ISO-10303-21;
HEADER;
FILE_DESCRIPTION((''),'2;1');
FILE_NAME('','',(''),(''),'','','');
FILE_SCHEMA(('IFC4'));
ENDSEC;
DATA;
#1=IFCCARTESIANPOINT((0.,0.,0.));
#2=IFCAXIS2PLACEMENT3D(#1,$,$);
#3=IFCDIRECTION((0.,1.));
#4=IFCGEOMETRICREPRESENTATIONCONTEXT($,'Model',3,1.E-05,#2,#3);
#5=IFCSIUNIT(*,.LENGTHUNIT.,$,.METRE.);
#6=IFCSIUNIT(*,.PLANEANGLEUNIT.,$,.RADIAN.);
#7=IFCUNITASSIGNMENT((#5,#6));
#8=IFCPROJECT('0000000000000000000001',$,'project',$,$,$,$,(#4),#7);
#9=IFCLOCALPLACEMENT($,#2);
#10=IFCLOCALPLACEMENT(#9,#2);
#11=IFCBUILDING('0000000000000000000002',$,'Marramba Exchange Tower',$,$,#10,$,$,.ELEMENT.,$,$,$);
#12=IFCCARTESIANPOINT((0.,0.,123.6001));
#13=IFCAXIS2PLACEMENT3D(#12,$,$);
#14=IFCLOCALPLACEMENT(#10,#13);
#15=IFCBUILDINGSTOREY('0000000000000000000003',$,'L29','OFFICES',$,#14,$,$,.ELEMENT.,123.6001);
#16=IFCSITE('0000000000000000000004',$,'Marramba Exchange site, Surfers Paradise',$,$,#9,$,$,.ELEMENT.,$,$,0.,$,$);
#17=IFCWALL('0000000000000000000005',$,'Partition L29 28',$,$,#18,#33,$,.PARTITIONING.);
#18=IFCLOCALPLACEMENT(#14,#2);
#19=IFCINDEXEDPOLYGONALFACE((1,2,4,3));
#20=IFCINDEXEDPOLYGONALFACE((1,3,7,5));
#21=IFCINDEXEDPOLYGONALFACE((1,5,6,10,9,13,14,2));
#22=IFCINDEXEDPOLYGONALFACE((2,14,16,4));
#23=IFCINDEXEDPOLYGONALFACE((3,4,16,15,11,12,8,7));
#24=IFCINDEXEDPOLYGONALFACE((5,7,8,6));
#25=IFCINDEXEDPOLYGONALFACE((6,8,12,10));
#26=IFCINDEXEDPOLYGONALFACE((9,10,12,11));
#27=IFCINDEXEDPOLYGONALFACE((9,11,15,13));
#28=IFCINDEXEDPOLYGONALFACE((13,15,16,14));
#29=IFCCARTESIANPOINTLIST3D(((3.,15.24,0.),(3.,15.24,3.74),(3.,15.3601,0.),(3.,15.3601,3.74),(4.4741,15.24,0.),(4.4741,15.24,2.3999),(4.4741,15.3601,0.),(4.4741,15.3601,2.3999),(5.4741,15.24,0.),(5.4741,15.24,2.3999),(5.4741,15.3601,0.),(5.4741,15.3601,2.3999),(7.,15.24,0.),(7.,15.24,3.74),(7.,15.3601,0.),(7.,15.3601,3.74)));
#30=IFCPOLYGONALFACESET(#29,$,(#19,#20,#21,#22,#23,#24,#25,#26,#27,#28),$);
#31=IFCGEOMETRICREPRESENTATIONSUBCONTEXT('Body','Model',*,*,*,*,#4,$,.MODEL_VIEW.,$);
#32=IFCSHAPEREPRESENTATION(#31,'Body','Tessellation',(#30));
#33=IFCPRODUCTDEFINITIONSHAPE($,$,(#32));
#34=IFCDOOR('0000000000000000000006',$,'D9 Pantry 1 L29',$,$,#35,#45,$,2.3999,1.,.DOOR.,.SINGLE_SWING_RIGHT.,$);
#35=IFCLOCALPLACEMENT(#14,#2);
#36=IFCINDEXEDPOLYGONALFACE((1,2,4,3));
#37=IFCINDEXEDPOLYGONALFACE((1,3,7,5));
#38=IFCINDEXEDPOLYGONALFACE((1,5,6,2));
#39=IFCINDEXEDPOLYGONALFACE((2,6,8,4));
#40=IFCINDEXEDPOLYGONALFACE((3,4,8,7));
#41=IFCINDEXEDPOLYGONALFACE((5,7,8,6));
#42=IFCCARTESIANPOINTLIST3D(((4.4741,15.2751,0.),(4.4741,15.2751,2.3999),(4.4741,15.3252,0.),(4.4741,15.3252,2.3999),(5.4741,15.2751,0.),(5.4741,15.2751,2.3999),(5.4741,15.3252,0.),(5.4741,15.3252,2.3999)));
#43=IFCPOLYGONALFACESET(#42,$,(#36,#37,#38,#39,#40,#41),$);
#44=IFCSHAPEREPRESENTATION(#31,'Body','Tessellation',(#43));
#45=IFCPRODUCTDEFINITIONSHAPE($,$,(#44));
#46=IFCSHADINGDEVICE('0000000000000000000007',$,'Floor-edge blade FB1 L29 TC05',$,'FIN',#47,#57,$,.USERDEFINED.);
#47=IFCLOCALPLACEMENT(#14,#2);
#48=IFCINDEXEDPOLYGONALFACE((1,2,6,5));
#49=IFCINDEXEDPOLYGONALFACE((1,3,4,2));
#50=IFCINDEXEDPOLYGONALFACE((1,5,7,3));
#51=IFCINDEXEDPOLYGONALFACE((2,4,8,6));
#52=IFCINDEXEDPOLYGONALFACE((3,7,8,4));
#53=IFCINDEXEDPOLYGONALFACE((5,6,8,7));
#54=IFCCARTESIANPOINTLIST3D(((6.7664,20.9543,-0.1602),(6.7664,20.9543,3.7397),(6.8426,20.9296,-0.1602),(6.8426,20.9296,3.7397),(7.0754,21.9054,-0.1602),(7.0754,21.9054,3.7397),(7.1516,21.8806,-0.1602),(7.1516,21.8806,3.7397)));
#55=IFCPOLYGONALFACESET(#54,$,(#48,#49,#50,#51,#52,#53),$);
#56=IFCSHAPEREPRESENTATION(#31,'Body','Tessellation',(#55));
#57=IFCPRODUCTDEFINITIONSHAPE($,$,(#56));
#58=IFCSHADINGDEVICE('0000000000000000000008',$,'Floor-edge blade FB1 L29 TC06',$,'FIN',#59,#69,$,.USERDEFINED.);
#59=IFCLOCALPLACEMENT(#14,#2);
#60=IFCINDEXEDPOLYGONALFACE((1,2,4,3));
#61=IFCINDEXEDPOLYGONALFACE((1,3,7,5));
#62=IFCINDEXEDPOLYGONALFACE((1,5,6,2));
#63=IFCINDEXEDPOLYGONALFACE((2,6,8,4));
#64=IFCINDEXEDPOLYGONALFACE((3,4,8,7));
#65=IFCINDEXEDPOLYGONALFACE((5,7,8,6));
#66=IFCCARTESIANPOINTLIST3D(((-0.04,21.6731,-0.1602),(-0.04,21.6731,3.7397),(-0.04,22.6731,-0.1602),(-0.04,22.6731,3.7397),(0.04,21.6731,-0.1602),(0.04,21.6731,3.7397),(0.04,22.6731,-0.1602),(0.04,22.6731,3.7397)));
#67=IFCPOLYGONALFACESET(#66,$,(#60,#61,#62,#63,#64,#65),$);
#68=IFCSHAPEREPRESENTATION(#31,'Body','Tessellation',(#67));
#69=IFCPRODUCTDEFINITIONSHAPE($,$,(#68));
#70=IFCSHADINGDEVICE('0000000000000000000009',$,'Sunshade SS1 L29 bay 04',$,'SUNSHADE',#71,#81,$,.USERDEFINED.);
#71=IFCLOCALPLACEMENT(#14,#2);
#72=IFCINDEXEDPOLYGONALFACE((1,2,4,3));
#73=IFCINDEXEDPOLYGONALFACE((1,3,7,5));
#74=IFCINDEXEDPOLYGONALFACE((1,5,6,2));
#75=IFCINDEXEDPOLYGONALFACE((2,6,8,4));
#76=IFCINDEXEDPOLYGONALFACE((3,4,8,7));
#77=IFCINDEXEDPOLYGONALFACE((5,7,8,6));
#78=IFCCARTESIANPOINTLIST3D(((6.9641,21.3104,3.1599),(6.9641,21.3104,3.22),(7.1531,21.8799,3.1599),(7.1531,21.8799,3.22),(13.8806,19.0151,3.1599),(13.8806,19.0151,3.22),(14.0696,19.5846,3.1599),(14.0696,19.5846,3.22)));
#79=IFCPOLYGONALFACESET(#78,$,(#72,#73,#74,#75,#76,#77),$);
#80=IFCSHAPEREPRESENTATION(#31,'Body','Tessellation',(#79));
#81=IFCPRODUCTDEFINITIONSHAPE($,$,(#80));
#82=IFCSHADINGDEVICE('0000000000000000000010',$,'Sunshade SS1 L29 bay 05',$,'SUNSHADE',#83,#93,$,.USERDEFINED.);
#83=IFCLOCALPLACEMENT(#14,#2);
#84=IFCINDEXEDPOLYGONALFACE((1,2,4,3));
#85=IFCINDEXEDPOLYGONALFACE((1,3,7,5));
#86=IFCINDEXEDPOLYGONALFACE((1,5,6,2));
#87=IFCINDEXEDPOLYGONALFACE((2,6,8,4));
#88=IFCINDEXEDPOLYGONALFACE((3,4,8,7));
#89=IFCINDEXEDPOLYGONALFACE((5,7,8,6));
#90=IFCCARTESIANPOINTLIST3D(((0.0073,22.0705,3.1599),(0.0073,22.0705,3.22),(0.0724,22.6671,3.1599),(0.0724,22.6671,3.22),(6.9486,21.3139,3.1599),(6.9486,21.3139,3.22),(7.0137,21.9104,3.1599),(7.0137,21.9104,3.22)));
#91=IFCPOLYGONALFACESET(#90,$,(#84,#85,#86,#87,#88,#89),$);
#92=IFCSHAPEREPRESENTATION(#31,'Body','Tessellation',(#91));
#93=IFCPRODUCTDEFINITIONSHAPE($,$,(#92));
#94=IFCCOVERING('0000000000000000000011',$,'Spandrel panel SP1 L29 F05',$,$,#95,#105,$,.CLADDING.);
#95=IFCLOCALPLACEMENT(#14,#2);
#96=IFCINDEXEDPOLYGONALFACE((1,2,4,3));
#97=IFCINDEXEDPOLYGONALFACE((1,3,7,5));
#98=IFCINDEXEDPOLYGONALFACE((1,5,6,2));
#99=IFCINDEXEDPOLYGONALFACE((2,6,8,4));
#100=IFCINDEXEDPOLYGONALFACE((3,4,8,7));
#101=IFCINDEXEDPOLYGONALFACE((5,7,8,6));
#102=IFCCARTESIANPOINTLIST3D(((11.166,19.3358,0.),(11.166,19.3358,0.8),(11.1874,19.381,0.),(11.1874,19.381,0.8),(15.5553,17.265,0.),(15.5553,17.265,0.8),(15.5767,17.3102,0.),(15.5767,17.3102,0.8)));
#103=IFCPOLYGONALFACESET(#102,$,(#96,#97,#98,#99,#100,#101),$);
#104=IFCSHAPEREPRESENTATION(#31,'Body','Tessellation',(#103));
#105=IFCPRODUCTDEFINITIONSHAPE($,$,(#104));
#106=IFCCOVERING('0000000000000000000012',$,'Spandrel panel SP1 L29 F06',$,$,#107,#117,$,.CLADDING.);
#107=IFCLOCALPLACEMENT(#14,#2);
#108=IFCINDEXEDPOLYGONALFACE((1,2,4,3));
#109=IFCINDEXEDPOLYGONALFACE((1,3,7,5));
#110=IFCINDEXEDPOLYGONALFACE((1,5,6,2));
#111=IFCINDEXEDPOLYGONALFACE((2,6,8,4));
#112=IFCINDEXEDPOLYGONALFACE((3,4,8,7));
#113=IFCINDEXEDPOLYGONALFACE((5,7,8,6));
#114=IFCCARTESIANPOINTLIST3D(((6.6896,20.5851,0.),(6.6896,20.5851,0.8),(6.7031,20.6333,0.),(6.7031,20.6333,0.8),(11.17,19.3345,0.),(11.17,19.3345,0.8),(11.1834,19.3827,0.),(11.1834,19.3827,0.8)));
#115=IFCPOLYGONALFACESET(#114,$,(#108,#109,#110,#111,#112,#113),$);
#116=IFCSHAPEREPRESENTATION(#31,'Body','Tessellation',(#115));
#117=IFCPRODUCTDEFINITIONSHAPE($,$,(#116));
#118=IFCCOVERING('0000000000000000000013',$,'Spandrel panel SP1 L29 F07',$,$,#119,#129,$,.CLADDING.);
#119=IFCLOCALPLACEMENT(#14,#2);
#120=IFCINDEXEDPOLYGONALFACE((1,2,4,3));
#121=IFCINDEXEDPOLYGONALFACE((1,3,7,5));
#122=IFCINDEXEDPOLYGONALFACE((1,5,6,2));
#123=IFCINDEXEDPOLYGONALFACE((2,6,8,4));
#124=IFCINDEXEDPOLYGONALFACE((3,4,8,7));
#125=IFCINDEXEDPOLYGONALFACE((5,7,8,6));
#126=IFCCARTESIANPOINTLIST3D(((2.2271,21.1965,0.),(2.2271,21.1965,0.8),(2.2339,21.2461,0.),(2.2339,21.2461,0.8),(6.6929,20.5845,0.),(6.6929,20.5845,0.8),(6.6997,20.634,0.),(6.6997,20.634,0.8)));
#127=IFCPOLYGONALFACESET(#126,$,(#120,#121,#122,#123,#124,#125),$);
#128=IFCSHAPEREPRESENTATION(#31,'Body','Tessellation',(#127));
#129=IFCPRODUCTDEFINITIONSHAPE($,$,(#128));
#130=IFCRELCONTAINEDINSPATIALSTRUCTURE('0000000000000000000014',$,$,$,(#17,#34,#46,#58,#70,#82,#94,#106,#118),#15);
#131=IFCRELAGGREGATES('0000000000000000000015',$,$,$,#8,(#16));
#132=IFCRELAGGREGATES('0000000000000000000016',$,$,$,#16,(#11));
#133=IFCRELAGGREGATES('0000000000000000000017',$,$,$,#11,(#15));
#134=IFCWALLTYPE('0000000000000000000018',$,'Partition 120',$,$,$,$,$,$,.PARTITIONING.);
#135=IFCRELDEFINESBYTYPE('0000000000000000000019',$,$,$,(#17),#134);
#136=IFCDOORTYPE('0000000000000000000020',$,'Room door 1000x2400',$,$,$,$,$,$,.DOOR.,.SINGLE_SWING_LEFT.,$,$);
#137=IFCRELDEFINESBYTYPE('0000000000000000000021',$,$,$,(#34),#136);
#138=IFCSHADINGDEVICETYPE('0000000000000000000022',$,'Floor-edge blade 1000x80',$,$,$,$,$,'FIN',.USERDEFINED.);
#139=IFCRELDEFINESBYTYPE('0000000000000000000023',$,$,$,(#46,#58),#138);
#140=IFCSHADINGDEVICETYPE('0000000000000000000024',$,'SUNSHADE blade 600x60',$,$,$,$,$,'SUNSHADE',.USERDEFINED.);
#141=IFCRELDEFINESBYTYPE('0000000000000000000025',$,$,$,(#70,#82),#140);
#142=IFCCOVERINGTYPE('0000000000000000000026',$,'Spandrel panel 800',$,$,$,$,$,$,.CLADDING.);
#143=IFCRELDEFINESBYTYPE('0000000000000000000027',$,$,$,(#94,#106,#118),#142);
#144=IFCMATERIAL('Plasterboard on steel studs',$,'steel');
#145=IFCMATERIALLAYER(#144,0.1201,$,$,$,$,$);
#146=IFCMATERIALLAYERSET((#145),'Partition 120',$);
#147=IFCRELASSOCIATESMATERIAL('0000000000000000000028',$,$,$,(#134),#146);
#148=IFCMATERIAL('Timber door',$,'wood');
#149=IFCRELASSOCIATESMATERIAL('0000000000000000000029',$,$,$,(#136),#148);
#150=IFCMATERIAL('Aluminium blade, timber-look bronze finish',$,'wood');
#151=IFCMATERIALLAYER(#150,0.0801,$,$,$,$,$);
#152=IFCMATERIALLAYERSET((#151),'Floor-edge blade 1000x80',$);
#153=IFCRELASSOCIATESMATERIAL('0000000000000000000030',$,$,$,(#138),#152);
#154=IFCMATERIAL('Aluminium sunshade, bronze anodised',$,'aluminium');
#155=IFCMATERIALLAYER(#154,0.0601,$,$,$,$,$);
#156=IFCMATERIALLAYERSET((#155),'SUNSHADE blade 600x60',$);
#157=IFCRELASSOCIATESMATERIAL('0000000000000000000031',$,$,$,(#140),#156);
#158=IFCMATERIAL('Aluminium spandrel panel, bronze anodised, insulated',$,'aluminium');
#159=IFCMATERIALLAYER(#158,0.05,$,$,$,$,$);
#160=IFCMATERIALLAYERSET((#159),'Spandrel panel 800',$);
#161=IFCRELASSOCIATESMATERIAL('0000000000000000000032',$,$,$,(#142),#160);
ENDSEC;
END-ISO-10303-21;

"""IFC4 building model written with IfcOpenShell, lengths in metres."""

from ifc_helpers import new_model, si_unit, direction, frame, frame_2d, origin, origin_2d, place, context, subcontext, project, spatial, rectangle, extrude, material, layer, layer_set, type_object, element, fill, save


model = new_model("IFC4")

# Units and contexts
model_context = context("Model", 3, precision=1e-05, world=origin(), true_north=direction((0.0, 1.0)))
body_context = subcontext(model_context, "Body", "Model", "MODEL_VIEW")
ifc_project = project(units=[si_unit("LENGTHUNIT", "METRE"), si_unit("PLANEANGLEUNIT", "RADIAN")], contexts=[model_context])

# Site, building, storey
site_placement = place(None, origin())
site = spatial("IfcSite", under=ifc_project, at=site_placement, Name="Marramba Exchange site, Surfers Paradise", CompositionType="ELEMENT", RefElevation=0.0)
building_placement = place(site_placement, origin())
building = spatial("IfcBuilding", under=site, at=building_placement, Name="Marramba Exchange Tower", CompositionType="ELEMENT")
storey_placement = place(building_placement, frame((0.0, 0.0, 123.6001)))
storey = spatial("IfcBuildingStorey", under=building, at=storey_placement, Name="L29", Description="OFFICES", CompositionType="ELEMENT", Elevation=123.6001)

# Wall, opening, door
ifc_material_1 = material(Name="Plasterboard on steel studs", Category="steel")
ifc_layer_1 = layer(ifc_material_1, 0.1201)
ifc_layer_set_1 = layer_set([ifc_layer_1], Name="Partition 120")
wall_type = type_object("IfcWallType", Name="Partition 120", PredefinedType="PARTITIONING", material=ifc_layer_set_1)
wall_placement = place(storey_placement, frame((7.0, 15.3, 0.0), z_axis=(0.0, 0.0, 1.0), x_axis=(-1.0, 0.0, 0.0)))
wall = element("IfcWall", 1, at=wall_placement, inside=storey, type_object=wall_type, Name="Partition L29 28", PredefinedType="PARTITIONING", context=body_context, shape_type="SweptSolid", body=[
    extrude(rectangle(XDim=4.0, YDim=0.1201, at=frame_2d((2.0, 0.0))), origin(), (0.0, 0.0, 1.0), 3.74),
])
opening_placement = place(wall_placement, frame((1.5259, 0.0, 0.0)))
opening = element("IfcOpeningElement", 2, at=opening_placement, cuts=wall, PredefinedType="OPENING", context=body_context, shape_type="SweptSolid", body=[
    extrude(rectangle(XDim=1.0, YDim=2.3999, at=frame_2d((0.5, 1.2))), frame((0.0, 0.0701, 0.0), z_axis=(0.0, -1.0, 0.0), x_axis=(1.0, 0.0, 0.0)), (0.0, 0.0, 1.0), 0.1401),
])
ifc_material_2 = material(Name="Timber door", Category="wood")
door_type = type_object("IfcDoorType", Name="Room door 1000x2400", OperationType="SINGLE_SWING_LEFT", PredefinedType="DOOR", material=ifc_material_2)
door_placement = place(opening_placement, origin())
door = element("IfcDoor", 3, at=door_placement, inside=storey, type_object=door_type, Name="D9 Pantry 1 L29", OperationType="SINGLE_SWING_RIGHT", OverallHeight=2.3999, OverallWidth=1.0, PredefinedType="DOOR", context=body_context, shape_type="SweptSolid", body=[
    extrude(rectangle(XDim=1.0, YDim=2.3999, at=frame_2d((0.5, 1.2))), frame((0.0, 0.0249, 0.0), z_axis=(0.0, -1.0, 0.0), x_axis=(1.0, 0.0, 0.0)), (0.0, 0.0, 1.0), 0.05),
])
fill(opening, door)

# Shading devices
ifc_material_3 = material(Name="Aluminium blade, timber-look bronze finish", Category="wood")
ifc_layer_2 = layer(ifc_material_3, 0.0801)
ifc_layer_set_2 = layer_set([ifc_layer_2], Name="Floor-edge blade 1000x80")
shading_device_type_1 = type_object("IfcShadingDeviceType", Name="Floor-edge blade 1000x80", ElementType="FIN", PredefinedType="USERDEFINED", material=ifc_layer_set_2)
for number, where, z_axis, x_axis, name in (
    (4, (6.959, 21.4175, -0.1602), (0.0, 0.0, 1.0), (0.309017, 0.951057, 0.0), "Floor-edge blade FB1 L29 TC05"),
    (5, (0.0, 22.1731, -0.1602), (0.0, 0.0, 1.0), (0.0, 1.0, 0.0), "Floor-edge blade FB1 L29 TC06"),
):
    element("IfcShadingDevice", number, at=place(storey_placement, frame(where, z_axis=z_axis, x_axis=x_axis)), inside=storey, type_object=shading_device_type_1, Name=name, ObjectType="FIN", PredefinedType="USERDEFINED", context=body_context, shape_type="SweptSolid", body=[
        extrude(rectangle(XDim=1.0, YDim=0.0801, at=origin_2d()), origin(), (0.0, 0.0, 1.0), 3.8999),
    ])
ifc_material_4 = material(Name="Aluminium sunshade, bronze anodised", Category="aluminium")
ifc_layer_3 = layer(ifc_material_4, 0.0601)
ifc_layer_set_3 = layer_set([ifc_layer_3], Name="SUNSHADE blade 600x60")
shading_device_type_2 = type_object("IfcShadingDeviceType", Name="SUNSHADE blade 600x60", ElementType="SUNSHADE", PredefinedType="USERDEFINED", material=ifc_layer_set_3)
shading_device_1_placement = place(storey_placement, frame((10.5168, 20.4475, 3.1599), z_axis=(0.0, 0.0, 1.0), x_axis=(-0.949101, 0.314972, 0.0)))
element("IfcShadingDevice", 6, at=shading_device_1_placement, inside=storey, type_object=shading_device_type_2, Name="Sunshade SS1 L29 bay 04", ObjectType="SUNSHADE", PredefinedType="USERDEFINED", context=body_context, shape_type="SweptSolid", body=[
    extrude(rectangle(XDim=7.2874, YDim=0.6001, at=origin_2d()), origin(), (0.0, 0.0, 1.0), 0.0601),
])
shading_device_2_placement = place(storey_placement, frame((3.5105, 21.9905, 3.1599), z_axis=(0.0, 0.0, 1.0), x_axis=(-0.994111, 0.108363, 0.0)))
element("IfcShadingDevice", 7, at=shading_device_2_placement, inside=storey, type_object=shading_device_type_2, Name="Sunshade SS1 L29 bay 05", ObjectType="SUNSHADE", PredefinedType="USERDEFINED", context=body_context, shape_type="SweptSolid", body=[
    extrude(rectangle(XDim=6.9824, YDim=0.6001, at=origin_2d()), origin(), (0.0, 0.0, 1.0), 0.0601),
])

# Coverings
ifc_material_5 = material(Name="Aluminium spandrel panel, bronze anodised, insulated", Category="aluminium")
ifc_layer_4 = layer(ifc_material_5, 0.05)
ifc_layer_set_4 = layer_set([ifc_layer_4], Name="Spandrel panel 800")
covering_type = type_object("IfcCoveringType", Name="Spandrel panel 800", PredefinedType="CLADDING", material=ifc_layer_set_4)
covering_1_placement = place(storey_placement, frame((13.3713, 18.323, 0.0), z_axis=(0.0, 0.0, 1.0), x_axis=(-0.904403, 0.426679, 0.0)))
element("IfcCovering", 8, at=covering_1_placement, inside=storey, type_object=covering_type, Name="Spandrel panel SP1 L29 F05", PredefinedType="CLADDING", context=body_context, shape_type="SweptSolid", body=[
    extrude(rectangle(XDim=4.8533, YDim=0.05, at=origin_2d()), origin(), (0.0, 0.0, 1.0), 0.8),
])
covering_2_placement = place(storey_placement, frame((8.9365, 19.9839, 0.0), z_axis=(0.0, 0.0, 1.0), x_axis=(-0.963178, 0.268865, 0.0)))
element("IfcCovering", 9, at=covering_2_placement, inside=storey, type_object=covering_type, Name="Spandrel panel SP1 L29 F06", PredefinedType="CLADDING", context=body_context, shape_type="SweptSolid", body=[
    extrude(rectangle(XDim=4.6516, YDim=0.05, at=origin_2d()), origin(), (0.0, 0.0, 1.0), 0.8),
])
covering_3_placement = place(storey_placement, frame((4.4634, 20.9153, 0.0), z_axis=(0.0, 0.0, 1.0), x_axis=(-0.990738, 0.135786, 0.0)))
element("IfcCovering", 10, at=covering_3_placement, inside=storey, type_object=covering_type, Name="Spandrel panel SP1 L29 F07", PredefinedType="CLADDING", context=body_context, shape_type="SweptSolid", body=[
    extrude(rectangle(XDim=4.5076, YDim=0.05, at=origin_2d()), origin(), (0.0, 0.0, 1.0), 0.8),
])

save(model, "model.ifc")
